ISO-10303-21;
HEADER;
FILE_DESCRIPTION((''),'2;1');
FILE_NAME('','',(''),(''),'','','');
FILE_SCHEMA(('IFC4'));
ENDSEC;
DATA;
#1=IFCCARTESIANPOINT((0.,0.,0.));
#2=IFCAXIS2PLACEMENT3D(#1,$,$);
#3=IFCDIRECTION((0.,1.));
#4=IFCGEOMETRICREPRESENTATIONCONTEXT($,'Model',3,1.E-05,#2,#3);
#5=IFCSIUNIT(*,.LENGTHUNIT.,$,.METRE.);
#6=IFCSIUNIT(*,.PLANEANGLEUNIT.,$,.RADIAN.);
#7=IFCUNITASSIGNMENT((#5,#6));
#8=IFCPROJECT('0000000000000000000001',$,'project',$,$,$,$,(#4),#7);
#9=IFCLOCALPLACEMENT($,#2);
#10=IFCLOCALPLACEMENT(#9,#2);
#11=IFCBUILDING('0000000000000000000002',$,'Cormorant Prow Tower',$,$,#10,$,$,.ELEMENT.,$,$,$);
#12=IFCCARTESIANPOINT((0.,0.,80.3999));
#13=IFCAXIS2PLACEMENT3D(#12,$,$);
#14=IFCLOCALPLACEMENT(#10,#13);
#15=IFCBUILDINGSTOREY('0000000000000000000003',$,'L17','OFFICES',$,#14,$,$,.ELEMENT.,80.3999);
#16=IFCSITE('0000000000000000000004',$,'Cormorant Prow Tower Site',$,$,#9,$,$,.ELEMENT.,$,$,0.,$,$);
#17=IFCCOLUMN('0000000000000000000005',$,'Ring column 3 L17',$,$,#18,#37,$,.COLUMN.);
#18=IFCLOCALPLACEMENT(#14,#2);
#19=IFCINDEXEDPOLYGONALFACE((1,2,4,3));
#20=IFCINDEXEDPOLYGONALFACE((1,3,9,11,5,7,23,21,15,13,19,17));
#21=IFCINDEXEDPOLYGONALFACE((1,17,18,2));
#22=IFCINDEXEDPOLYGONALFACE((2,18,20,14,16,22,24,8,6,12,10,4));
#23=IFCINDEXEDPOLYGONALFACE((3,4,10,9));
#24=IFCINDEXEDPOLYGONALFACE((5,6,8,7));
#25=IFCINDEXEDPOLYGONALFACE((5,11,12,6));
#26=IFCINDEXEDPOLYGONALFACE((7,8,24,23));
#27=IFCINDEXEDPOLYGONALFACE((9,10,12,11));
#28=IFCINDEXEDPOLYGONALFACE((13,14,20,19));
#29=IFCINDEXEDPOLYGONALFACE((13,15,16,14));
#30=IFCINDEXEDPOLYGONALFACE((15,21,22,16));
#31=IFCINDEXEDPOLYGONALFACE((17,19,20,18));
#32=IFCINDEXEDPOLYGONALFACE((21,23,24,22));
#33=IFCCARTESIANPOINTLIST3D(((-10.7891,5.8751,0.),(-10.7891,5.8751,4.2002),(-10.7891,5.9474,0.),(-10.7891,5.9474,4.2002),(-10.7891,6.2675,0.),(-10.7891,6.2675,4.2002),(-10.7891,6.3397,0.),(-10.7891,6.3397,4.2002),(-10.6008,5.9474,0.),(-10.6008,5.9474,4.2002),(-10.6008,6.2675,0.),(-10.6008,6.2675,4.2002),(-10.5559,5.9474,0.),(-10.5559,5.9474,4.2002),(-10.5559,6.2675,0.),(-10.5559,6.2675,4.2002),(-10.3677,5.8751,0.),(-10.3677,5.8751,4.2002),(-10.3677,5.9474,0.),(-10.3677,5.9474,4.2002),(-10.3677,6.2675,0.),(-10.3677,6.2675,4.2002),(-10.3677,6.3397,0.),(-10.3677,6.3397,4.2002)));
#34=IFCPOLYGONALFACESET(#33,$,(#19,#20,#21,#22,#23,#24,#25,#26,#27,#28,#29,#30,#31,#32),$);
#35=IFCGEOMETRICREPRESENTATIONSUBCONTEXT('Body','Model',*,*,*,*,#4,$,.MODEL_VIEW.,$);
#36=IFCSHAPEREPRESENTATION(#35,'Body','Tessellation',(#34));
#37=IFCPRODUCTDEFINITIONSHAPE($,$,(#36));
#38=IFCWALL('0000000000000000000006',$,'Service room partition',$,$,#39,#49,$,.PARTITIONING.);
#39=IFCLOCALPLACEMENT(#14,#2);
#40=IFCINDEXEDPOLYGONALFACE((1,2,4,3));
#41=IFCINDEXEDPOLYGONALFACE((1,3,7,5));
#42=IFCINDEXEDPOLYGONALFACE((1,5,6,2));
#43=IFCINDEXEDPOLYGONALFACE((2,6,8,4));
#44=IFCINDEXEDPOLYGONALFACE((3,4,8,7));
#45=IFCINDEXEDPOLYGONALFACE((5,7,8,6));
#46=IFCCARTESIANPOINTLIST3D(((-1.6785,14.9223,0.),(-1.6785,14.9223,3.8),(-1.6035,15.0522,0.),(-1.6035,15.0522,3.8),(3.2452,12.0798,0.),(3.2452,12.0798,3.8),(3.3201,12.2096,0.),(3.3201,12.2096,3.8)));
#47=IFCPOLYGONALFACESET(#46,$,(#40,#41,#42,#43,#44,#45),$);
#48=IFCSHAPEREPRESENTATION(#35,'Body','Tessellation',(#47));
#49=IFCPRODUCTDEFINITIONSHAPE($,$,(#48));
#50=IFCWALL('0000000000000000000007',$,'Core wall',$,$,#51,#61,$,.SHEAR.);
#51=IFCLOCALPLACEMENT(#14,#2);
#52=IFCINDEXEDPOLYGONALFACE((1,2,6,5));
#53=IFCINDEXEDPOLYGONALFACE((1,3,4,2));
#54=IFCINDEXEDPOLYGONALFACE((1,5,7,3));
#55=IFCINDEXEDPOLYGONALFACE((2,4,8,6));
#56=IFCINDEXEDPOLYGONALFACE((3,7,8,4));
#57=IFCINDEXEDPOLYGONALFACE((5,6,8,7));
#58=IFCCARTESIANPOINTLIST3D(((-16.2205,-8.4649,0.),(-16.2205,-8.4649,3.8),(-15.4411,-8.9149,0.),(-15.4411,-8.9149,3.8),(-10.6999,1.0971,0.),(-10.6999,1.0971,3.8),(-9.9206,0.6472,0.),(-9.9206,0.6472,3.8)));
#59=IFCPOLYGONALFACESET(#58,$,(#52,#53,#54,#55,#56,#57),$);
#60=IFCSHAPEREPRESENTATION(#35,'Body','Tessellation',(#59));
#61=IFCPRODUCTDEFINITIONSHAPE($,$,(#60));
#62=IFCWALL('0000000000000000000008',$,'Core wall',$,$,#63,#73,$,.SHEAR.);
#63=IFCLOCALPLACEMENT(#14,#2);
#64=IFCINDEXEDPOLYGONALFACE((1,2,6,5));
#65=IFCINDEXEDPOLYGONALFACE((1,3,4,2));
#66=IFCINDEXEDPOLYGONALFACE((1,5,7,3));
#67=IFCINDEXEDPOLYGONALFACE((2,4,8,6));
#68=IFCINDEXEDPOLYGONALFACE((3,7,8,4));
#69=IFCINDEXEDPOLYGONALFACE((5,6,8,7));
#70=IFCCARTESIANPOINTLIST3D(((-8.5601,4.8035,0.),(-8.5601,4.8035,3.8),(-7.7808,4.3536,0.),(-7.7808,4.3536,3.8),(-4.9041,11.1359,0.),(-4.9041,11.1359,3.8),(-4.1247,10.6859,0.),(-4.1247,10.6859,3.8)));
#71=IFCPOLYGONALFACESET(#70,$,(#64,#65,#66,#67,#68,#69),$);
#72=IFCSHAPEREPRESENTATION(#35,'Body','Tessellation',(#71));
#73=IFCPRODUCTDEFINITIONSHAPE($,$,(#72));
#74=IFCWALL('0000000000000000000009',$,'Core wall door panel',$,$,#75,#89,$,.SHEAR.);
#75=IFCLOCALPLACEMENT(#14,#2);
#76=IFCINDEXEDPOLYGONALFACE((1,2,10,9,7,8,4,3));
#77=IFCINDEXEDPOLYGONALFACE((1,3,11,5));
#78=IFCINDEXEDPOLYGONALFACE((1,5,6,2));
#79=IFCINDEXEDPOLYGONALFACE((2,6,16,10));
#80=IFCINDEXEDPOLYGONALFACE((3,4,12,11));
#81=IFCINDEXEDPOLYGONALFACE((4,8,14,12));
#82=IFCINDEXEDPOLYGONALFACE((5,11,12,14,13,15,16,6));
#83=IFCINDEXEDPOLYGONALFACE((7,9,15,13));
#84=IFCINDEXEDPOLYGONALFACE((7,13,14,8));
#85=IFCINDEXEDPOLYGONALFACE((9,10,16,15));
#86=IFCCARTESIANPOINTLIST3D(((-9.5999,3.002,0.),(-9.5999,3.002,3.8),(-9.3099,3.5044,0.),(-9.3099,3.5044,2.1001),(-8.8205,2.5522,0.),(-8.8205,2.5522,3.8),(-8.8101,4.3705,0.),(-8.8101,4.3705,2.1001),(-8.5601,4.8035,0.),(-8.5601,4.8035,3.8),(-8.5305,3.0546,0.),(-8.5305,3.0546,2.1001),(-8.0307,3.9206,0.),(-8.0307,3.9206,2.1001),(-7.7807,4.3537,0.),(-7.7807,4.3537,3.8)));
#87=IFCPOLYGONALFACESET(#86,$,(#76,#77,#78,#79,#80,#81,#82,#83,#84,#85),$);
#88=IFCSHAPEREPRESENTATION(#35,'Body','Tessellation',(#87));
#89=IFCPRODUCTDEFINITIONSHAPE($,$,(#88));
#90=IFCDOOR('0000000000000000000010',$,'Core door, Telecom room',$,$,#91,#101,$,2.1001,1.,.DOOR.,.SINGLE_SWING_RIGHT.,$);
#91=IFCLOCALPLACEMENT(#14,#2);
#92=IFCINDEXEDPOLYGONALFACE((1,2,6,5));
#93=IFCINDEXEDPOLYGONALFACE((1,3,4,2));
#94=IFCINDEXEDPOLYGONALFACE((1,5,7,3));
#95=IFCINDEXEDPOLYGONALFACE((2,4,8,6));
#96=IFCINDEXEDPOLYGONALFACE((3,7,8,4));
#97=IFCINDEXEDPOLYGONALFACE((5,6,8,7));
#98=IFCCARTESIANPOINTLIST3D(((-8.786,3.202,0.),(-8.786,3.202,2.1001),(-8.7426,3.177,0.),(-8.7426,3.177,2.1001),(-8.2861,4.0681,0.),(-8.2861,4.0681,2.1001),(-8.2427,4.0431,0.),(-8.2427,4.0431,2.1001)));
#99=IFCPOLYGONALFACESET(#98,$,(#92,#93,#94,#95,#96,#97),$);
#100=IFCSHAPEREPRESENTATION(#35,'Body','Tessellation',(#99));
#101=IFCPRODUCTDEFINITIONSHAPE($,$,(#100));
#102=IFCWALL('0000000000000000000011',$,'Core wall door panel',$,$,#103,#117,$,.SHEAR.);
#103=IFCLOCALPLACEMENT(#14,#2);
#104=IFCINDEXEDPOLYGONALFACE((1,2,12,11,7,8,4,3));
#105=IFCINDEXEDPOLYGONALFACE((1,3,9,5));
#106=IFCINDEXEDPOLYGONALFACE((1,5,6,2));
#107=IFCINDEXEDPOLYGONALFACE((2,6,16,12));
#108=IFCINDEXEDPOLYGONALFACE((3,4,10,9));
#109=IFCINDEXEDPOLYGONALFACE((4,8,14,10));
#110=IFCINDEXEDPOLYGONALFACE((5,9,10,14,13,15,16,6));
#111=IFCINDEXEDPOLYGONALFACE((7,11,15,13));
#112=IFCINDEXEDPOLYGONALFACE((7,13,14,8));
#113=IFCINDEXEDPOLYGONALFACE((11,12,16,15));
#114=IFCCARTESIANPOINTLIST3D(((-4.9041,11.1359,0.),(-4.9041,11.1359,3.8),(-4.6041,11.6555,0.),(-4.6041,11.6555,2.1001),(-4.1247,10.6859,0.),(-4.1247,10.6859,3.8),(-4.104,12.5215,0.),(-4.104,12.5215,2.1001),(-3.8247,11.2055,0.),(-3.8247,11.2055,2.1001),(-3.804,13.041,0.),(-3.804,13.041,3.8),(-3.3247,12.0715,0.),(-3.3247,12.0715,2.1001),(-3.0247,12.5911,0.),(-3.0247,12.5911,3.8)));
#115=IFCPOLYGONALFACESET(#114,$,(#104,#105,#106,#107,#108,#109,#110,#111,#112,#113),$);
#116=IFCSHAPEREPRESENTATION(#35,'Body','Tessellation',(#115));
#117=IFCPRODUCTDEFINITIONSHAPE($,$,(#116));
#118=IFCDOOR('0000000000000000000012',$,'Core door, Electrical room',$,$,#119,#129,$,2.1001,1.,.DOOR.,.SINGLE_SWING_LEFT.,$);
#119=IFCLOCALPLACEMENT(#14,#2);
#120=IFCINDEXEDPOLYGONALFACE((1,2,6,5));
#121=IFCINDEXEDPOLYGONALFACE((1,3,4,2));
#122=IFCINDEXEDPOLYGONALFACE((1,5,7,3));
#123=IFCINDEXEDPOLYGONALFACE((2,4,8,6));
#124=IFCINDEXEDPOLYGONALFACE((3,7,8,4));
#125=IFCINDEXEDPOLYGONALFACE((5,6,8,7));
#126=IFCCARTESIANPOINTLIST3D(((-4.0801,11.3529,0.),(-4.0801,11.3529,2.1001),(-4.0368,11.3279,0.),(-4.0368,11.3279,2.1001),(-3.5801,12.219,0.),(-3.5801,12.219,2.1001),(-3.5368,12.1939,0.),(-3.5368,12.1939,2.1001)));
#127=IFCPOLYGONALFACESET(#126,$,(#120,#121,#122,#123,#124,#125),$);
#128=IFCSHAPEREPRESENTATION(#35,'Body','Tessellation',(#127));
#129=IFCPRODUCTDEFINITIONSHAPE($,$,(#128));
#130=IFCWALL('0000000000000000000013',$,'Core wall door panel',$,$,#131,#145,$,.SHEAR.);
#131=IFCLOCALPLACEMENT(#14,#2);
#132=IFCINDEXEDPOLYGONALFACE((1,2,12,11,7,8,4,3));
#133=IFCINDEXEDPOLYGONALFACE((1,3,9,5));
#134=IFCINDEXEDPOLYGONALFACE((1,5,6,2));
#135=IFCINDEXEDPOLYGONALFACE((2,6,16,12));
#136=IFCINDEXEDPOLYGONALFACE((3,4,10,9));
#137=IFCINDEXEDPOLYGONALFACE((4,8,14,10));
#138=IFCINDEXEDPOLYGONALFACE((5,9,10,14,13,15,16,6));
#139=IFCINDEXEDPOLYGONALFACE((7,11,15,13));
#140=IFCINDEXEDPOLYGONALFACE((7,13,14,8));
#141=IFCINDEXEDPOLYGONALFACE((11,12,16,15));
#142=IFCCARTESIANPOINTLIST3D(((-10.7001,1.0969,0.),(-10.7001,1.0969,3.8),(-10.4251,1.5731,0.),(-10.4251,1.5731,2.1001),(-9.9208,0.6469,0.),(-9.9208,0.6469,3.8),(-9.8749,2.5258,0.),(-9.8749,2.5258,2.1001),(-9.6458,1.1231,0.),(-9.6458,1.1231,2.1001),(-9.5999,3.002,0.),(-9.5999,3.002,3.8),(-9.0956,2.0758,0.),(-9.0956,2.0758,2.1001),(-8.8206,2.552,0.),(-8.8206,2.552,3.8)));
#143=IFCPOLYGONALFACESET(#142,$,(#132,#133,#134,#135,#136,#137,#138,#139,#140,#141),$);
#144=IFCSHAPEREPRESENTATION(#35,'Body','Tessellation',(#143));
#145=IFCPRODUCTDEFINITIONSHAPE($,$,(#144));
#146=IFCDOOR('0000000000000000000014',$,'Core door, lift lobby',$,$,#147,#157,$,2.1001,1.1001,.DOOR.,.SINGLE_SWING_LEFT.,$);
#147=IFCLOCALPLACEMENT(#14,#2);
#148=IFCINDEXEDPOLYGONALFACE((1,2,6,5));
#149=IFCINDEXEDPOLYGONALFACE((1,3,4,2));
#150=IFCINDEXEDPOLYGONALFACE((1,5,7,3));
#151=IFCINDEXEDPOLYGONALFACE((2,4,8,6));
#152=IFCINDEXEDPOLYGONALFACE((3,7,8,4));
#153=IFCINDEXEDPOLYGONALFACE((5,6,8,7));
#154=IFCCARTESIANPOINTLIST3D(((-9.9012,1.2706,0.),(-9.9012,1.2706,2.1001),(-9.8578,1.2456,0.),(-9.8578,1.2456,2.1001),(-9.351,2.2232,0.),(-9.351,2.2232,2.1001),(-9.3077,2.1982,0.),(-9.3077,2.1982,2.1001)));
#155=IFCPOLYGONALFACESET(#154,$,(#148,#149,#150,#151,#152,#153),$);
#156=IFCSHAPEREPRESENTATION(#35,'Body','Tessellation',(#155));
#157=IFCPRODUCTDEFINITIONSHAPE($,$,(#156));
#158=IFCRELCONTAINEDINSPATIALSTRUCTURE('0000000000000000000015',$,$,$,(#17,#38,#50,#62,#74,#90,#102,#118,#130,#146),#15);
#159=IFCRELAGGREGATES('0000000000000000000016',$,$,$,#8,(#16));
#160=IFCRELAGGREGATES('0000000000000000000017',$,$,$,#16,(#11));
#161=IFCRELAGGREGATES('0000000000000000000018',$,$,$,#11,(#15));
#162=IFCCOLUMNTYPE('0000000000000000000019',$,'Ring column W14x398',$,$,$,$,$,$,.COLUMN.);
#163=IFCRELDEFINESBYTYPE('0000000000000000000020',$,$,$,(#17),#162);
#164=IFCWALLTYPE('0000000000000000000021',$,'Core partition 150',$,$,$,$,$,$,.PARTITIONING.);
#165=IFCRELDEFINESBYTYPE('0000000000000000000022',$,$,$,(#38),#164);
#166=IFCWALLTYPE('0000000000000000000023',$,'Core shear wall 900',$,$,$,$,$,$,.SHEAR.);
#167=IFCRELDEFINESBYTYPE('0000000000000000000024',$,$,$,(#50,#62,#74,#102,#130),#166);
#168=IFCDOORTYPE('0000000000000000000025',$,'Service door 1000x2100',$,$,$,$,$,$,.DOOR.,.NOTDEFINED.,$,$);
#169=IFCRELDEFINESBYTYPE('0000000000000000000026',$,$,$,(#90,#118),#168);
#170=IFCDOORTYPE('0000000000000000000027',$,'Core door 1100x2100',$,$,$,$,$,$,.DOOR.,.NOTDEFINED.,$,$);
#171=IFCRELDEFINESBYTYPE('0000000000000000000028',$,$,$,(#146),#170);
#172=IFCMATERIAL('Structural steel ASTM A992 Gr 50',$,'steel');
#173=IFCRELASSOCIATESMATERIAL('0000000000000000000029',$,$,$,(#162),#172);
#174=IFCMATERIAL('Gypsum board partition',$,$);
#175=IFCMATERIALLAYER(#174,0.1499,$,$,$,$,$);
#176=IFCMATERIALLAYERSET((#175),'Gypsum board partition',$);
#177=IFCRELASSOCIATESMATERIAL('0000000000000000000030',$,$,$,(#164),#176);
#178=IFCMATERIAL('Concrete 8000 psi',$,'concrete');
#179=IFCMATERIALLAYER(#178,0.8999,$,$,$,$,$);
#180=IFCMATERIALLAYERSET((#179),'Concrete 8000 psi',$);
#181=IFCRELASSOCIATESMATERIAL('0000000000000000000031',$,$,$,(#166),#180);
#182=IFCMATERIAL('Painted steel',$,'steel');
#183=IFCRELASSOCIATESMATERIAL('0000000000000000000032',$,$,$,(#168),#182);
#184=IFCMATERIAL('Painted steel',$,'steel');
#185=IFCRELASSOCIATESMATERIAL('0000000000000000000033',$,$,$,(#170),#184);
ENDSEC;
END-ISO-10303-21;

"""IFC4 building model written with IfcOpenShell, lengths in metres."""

from ifc_helpers import new_model, si_unit, direction, frame, frame_2d, origin, origin_2d, place, context, subcontext, project, spatial, rectangle, i_section, extrude, material, layer, layer_set, material_profile, profile_set, type_object, element, fill, save


model = new_model("IFC4")

# Units and contexts
model_context = context("Model", 3, precision=1e-05, world=origin(), true_north=direction((0.0, 1.0)))
body_context = subcontext(model_context, "Body", "Model", "MODEL_VIEW")
ifc_project = project(units=[si_unit("LENGTHUNIT", "METRE"), si_unit("PLANEANGLEUNIT", "RADIAN")], contexts=[model_context])

# Site, building, storey
site_placement = place(None, origin())
site = spatial("IfcSite", under=ifc_project, at=site_placement, Name="Cormorant Prow Tower Site", CompositionType="ELEMENT", RefElevation=0.0)
building_placement = place(site_placement, origin())
building = spatial("IfcBuilding", under=site, at=building_placement, Name="Cormorant Prow Tower", CompositionType="ELEMENT")
storey_placement = place(building_placement, frame((0.0, 0.0, 80.3999)))
storey = spatial("IfcBuildingStorey", under=building, at=storey_placement, Name="L17", Description="OFFICES", CompositionType="ELEMENT", Elevation=80.3999)

# Column
ifc_material_1 = material(Name="Structural steel ASTM A992 Gr 50", Category="steel")
ifc_material_profile = material_profile(ifc_material_1, i_section(OverallWidth=0.4214, OverallDepth=0.4646, WebThickness=0.0449, FlangeThickness=0.0723, at=origin_2d()), Name="W14x398")
ifc_profile_set = profile_set([ifc_material_profile], Name="Structural steel ASTM A992 Gr 50")
column_type = type_object("IfcColumnType", Name="Ring column W14x398", PredefinedType="COLUMN", material=ifc_profile_set)
column_placement = place(storey_placement, frame((-10.5784, 6.1074, 0.0), z_axis=(0.0, 0.0, 1.0), x_axis=(1.0, 0.0, 0.0)))
element("IfcColumn", 1, at=column_placement, inside=storey, type_object=column_type, Name="Ring column 3 L17", PredefinedType="COLUMN", context=body_context, shape_type="SweptSolid", body=[
    extrude(i_section(OverallWidth=0.4214, OverallDepth=0.4646, WebThickness=0.0449, FlangeThickness=0.0723, at=origin_2d()), origin(), (0.0, 0.0, 1.0), 4.2002),
])

# Walls
ifc_material_2 = material(Name="Gypsum board partition")
ifc_layer_1 = layer(ifc_material_2, 0.1499)
ifc_layer_set_1 = layer_set([ifc_layer_1], Name="Gypsum board partition")
wall_type_1 = type_object("IfcWallType", Name="Core partition 150", PredefinedType="PARTITIONING", material=ifc_layer_set_1)
wall_1_placement = place(storey_placement, frame((-1.6411, 14.9873, 0.0), z_axis=(0.0, 0.0, 1.0), x_axis=(0.866033, -0.499986, 0.0)))
element("IfcWall", 2, at=wall_1_placement, inside=storey, type_object=wall_type_1, Name="Service room partition", PredefinedType="PARTITIONING", context=body_context, shape_type="SweptSolid", body=[
    extrude(rectangle(XDim=5.6853, YDim=0.1499, at=frame_2d((2.8428, 0.0))), origin(), (0.0, 0.0, 1.0), 3.8),
])
ifc_material_3 = material(Name="Concrete 8000 psi", Category="concrete")
ifc_layer_2 = layer(ifc_material_3, 0.8999)
ifc_layer_set_2 = layer_set([ifc_layer_2], Name="Concrete 8000 psi")
wall_type_2 = type_object("IfcWallType", Name="Core shear wall 900", PredefinedType="SHEAR", material=ifc_layer_set_2)
wall_2_placement = place(storey_placement, frame((-10.3103, 0.8721, 0.0), z_axis=(0.0, 0.0, 1.0), x_axis=(-0.499992, -0.86603, 0.0)))
element("IfcWall", 3, at=wall_2_placement, inside=storey, type_object=wall_type_2, Name="Core wall", PredefinedType="SHEAR", context=body_context, shape_type="SweptSolid", body=[
    extrude(rectangle(XDim=11.0413, YDim=0.8999, at=frame_2d((5.5205, 0.0))), origin(), (0.0, 0.0, 1.0), 3.8),
])
wall_3_placement = place(storey_placement, frame((-4.5144, 10.9109, 0.0), z_axis=(0.0, 0.0, 1.0), x_axis=(-0.500007, -0.866022, 0.0)))
element("IfcWall", 4, at=wall_3_placement, inside=storey, type_object=wall_type_2, Name="Core wall", PredefinedType="SHEAR", context=body_context, shape_type="SweptSolid", body=[
    extrude(rectangle(XDim=7.312, YDim=0.8999, at=frame_2d((3.656, 0.0))), origin(), (0.0, 0.0, 1.0), 3.8),
])

# Walls, openings, doors
wall_4_placement = place(storey_placement, frame((-8.1704, 4.5786, 0.0), z_axis=(0.0, 0.0, 1.0), x_axis=(-0.499888, -0.86609, 0.0)))
wall_4 = element("IfcWall", 5, at=wall_4_placement, inside=storey, type_object=wall_type_2, Name="Core wall door panel", PredefinedType="SHEAR", context=body_context, shape_type="SweptSolid", body=[
    extrude(rectangle(XDim=2.0801, YDim=0.8999, at=frame_2d((1.04, 0.0))), origin(), (0.0, 0.0, 1.0), 3.8),
])
opening_1_placement = place(wall_4_placement, frame((0.5, 0.0, 0.0)))
opening_1 = element("IfcOpeningElement", 6, at=opening_1_placement, cuts=wall_4, PredefinedType="OPENING", context=body_context, shape_type="SweptSolid", body=[
    extrude(rectangle(XDim=1.0, YDim=2.1001, at=frame_2d((0.5, 1.05))), frame((0.0, 0.46, 0.0), z_axis=(0.0, -1.0, 0.0), x_axis=(1.0, 0.0, 0.0)), (0.0, 0.0, 1.0), 0.9199),
])
ifc_material_4 = material(Name="Painted steel", Category="steel")
door_type_1 = type_object("IfcDoorType", Name="Service door 1000x2100", OperationType="NOTDEFINED", PredefinedType="DOOR", material=ifc_material_4)
door_1_placement = place(opening_1_placement, origin())
door_1 = element("IfcDoor", 7, at=door_1_placement, inside=storey, type_object=door_type_1, Name="Core door, Telecom room", OperationType="SINGLE_SWING_RIGHT", OverallHeight=2.1001, OverallWidth=1.0, PredefinedType="DOOR", context=body_context, shape_type="SweptSolid", body=[
    extrude(rectangle(XDim=1.0, YDim=2.1001, at=frame_2d((0.5, 1.05))), frame((0.0, 0.2051, 0.0), z_axis=(0.0, -1.0, 0.0), x_axis=(1.0, 0.0, 0.0)), (0.0, 0.0, 1.0), 0.05),
])
fill(opening_1, door_1)
wall_5_placement = place(storey_placement, frame((-3.4143, 12.8162, 0.0), z_axis=(0.0, 0.0, 1.0), x_axis=(-0.50003, -0.866008, 0.0)))
wall_5 = element("IfcWall", 8, at=wall_5_placement, inside=storey, type_object=wall_type_2, Name="Core wall door panel", PredefinedType="SHEAR", context=body_context, shape_type="SweptSolid", body=[
    extrude(rectangle(XDim=2.2, YDim=0.8999, at=frame_2d((1.1001, 0.0))), origin(), (0.0, 0.0, 1.0), 3.8),
])
opening_2_placement = place(wall_5_placement, frame((0.6001, 0.0, 0.0)))
opening_2 = element("IfcOpeningElement", 9, at=opening_2_placement, cuts=wall_5, PredefinedType="OPENING", context=body_context, shape_type="SweptSolid", body=[
    extrude(rectangle(XDim=1.0, YDim=2.1001, at=frame_2d((0.5, 1.05))), frame((0.0, 0.46, 0.0), z_axis=(0.0, -1.0, 0.0), x_axis=(1.0, 0.0, 0.0)), (0.0, 0.0, 1.0), 0.9199),
])
door_2_placement = place(opening_2_placement, origin())
door_2 = element("IfcDoor", 10, at=door_2_placement, inside=storey, type_object=door_type_1, Name="Core door, Electrical room", OperationType="SINGLE_SWING_LEFT", OverallHeight=2.1001, OverallWidth=1.0, PredefinedType="DOOR", context=body_context, shape_type="SweptSolid", body=[
    extrude(rectangle(XDim=1.0, YDim=2.1001, at=frame_2d((0.5, 1.05))), frame((0.0, 0.2051, 0.0), z_axis=(0.0, -1.0, 0.0), x_axis=(1.0, 0.0, 0.0)), (0.0, 0.0, 1.0), 0.05),
])
fill(opening_2, door_2)
wall_6_placement = place(storey_placement, frame((-9.2102, 2.7771, 0.0), z_axis=(0.0, 0.0, 1.0), x_axis=(-0.500078, -0.86598, 0.0)))
wall_6 = element("IfcWall", 11, at=wall_6_placement, inside=storey, type_object=wall_type_2, Name="Core wall door panel", PredefinedType="SHEAR", context=body_context, shape_type="SweptSolid", body=[
    extrude(rectangle(XDim=2.2, YDim=0.8999, at=frame_2d((1.1001, 0.0))), origin(), (0.0, 0.0, 1.0), 3.8),
])
opening_3_placement = place(wall_6_placement, frame((0.55, 0.0, 0.0)))
opening_3 = element("IfcOpeningElement", 12, at=opening_3_placement, cuts=wall_6, PredefinedType="OPENING", context=body_context, shape_type="SweptSolid", body=[
    extrude(rectangle(XDim=1.1001, YDim=2.1001, at=frame_2d((0.55, 1.05))), frame((0.0, 0.46, 0.0), z_axis=(0.0, -1.0, 0.0), x_axis=(1.0, 0.0, 0.0)), (0.0, 0.0, 1.0), 0.9199),
])
ifc_material_5 = material(Name="Painted steel", Category="steel")
door_type_2 = type_object("IfcDoorType", Name="Core door 1100x2100", OperationType="NOTDEFINED", PredefinedType="DOOR", material=ifc_material_5)
door_3_placement = place(opening_3_placement, origin())
door_3 = element("IfcDoor", 13, at=door_3_placement, inside=storey, type_object=door_type_2, Name="Core door, lift lobby", OperationType="SINGLE_SWING_LEFT", OverallHeight=2.1001, OverallWidth=1.1001, PredefinedType="DOOR", context=body_context, shape_type="SweptSolid", body=[
    extrude(rectangle(XDim=1.1001, YDim=2.1001, at=frame_2d((0.55, 1.05))), frame((0.0, 0.2051, 0.0), z_axis=(0.0, -1.0, 0.0), x_axis=(1.0, 0.0, 0.0)), (0.0, 0.0, 1.0), 0.05),
])
fill(opening_3, door_3)

save(model, "model.ifc")
